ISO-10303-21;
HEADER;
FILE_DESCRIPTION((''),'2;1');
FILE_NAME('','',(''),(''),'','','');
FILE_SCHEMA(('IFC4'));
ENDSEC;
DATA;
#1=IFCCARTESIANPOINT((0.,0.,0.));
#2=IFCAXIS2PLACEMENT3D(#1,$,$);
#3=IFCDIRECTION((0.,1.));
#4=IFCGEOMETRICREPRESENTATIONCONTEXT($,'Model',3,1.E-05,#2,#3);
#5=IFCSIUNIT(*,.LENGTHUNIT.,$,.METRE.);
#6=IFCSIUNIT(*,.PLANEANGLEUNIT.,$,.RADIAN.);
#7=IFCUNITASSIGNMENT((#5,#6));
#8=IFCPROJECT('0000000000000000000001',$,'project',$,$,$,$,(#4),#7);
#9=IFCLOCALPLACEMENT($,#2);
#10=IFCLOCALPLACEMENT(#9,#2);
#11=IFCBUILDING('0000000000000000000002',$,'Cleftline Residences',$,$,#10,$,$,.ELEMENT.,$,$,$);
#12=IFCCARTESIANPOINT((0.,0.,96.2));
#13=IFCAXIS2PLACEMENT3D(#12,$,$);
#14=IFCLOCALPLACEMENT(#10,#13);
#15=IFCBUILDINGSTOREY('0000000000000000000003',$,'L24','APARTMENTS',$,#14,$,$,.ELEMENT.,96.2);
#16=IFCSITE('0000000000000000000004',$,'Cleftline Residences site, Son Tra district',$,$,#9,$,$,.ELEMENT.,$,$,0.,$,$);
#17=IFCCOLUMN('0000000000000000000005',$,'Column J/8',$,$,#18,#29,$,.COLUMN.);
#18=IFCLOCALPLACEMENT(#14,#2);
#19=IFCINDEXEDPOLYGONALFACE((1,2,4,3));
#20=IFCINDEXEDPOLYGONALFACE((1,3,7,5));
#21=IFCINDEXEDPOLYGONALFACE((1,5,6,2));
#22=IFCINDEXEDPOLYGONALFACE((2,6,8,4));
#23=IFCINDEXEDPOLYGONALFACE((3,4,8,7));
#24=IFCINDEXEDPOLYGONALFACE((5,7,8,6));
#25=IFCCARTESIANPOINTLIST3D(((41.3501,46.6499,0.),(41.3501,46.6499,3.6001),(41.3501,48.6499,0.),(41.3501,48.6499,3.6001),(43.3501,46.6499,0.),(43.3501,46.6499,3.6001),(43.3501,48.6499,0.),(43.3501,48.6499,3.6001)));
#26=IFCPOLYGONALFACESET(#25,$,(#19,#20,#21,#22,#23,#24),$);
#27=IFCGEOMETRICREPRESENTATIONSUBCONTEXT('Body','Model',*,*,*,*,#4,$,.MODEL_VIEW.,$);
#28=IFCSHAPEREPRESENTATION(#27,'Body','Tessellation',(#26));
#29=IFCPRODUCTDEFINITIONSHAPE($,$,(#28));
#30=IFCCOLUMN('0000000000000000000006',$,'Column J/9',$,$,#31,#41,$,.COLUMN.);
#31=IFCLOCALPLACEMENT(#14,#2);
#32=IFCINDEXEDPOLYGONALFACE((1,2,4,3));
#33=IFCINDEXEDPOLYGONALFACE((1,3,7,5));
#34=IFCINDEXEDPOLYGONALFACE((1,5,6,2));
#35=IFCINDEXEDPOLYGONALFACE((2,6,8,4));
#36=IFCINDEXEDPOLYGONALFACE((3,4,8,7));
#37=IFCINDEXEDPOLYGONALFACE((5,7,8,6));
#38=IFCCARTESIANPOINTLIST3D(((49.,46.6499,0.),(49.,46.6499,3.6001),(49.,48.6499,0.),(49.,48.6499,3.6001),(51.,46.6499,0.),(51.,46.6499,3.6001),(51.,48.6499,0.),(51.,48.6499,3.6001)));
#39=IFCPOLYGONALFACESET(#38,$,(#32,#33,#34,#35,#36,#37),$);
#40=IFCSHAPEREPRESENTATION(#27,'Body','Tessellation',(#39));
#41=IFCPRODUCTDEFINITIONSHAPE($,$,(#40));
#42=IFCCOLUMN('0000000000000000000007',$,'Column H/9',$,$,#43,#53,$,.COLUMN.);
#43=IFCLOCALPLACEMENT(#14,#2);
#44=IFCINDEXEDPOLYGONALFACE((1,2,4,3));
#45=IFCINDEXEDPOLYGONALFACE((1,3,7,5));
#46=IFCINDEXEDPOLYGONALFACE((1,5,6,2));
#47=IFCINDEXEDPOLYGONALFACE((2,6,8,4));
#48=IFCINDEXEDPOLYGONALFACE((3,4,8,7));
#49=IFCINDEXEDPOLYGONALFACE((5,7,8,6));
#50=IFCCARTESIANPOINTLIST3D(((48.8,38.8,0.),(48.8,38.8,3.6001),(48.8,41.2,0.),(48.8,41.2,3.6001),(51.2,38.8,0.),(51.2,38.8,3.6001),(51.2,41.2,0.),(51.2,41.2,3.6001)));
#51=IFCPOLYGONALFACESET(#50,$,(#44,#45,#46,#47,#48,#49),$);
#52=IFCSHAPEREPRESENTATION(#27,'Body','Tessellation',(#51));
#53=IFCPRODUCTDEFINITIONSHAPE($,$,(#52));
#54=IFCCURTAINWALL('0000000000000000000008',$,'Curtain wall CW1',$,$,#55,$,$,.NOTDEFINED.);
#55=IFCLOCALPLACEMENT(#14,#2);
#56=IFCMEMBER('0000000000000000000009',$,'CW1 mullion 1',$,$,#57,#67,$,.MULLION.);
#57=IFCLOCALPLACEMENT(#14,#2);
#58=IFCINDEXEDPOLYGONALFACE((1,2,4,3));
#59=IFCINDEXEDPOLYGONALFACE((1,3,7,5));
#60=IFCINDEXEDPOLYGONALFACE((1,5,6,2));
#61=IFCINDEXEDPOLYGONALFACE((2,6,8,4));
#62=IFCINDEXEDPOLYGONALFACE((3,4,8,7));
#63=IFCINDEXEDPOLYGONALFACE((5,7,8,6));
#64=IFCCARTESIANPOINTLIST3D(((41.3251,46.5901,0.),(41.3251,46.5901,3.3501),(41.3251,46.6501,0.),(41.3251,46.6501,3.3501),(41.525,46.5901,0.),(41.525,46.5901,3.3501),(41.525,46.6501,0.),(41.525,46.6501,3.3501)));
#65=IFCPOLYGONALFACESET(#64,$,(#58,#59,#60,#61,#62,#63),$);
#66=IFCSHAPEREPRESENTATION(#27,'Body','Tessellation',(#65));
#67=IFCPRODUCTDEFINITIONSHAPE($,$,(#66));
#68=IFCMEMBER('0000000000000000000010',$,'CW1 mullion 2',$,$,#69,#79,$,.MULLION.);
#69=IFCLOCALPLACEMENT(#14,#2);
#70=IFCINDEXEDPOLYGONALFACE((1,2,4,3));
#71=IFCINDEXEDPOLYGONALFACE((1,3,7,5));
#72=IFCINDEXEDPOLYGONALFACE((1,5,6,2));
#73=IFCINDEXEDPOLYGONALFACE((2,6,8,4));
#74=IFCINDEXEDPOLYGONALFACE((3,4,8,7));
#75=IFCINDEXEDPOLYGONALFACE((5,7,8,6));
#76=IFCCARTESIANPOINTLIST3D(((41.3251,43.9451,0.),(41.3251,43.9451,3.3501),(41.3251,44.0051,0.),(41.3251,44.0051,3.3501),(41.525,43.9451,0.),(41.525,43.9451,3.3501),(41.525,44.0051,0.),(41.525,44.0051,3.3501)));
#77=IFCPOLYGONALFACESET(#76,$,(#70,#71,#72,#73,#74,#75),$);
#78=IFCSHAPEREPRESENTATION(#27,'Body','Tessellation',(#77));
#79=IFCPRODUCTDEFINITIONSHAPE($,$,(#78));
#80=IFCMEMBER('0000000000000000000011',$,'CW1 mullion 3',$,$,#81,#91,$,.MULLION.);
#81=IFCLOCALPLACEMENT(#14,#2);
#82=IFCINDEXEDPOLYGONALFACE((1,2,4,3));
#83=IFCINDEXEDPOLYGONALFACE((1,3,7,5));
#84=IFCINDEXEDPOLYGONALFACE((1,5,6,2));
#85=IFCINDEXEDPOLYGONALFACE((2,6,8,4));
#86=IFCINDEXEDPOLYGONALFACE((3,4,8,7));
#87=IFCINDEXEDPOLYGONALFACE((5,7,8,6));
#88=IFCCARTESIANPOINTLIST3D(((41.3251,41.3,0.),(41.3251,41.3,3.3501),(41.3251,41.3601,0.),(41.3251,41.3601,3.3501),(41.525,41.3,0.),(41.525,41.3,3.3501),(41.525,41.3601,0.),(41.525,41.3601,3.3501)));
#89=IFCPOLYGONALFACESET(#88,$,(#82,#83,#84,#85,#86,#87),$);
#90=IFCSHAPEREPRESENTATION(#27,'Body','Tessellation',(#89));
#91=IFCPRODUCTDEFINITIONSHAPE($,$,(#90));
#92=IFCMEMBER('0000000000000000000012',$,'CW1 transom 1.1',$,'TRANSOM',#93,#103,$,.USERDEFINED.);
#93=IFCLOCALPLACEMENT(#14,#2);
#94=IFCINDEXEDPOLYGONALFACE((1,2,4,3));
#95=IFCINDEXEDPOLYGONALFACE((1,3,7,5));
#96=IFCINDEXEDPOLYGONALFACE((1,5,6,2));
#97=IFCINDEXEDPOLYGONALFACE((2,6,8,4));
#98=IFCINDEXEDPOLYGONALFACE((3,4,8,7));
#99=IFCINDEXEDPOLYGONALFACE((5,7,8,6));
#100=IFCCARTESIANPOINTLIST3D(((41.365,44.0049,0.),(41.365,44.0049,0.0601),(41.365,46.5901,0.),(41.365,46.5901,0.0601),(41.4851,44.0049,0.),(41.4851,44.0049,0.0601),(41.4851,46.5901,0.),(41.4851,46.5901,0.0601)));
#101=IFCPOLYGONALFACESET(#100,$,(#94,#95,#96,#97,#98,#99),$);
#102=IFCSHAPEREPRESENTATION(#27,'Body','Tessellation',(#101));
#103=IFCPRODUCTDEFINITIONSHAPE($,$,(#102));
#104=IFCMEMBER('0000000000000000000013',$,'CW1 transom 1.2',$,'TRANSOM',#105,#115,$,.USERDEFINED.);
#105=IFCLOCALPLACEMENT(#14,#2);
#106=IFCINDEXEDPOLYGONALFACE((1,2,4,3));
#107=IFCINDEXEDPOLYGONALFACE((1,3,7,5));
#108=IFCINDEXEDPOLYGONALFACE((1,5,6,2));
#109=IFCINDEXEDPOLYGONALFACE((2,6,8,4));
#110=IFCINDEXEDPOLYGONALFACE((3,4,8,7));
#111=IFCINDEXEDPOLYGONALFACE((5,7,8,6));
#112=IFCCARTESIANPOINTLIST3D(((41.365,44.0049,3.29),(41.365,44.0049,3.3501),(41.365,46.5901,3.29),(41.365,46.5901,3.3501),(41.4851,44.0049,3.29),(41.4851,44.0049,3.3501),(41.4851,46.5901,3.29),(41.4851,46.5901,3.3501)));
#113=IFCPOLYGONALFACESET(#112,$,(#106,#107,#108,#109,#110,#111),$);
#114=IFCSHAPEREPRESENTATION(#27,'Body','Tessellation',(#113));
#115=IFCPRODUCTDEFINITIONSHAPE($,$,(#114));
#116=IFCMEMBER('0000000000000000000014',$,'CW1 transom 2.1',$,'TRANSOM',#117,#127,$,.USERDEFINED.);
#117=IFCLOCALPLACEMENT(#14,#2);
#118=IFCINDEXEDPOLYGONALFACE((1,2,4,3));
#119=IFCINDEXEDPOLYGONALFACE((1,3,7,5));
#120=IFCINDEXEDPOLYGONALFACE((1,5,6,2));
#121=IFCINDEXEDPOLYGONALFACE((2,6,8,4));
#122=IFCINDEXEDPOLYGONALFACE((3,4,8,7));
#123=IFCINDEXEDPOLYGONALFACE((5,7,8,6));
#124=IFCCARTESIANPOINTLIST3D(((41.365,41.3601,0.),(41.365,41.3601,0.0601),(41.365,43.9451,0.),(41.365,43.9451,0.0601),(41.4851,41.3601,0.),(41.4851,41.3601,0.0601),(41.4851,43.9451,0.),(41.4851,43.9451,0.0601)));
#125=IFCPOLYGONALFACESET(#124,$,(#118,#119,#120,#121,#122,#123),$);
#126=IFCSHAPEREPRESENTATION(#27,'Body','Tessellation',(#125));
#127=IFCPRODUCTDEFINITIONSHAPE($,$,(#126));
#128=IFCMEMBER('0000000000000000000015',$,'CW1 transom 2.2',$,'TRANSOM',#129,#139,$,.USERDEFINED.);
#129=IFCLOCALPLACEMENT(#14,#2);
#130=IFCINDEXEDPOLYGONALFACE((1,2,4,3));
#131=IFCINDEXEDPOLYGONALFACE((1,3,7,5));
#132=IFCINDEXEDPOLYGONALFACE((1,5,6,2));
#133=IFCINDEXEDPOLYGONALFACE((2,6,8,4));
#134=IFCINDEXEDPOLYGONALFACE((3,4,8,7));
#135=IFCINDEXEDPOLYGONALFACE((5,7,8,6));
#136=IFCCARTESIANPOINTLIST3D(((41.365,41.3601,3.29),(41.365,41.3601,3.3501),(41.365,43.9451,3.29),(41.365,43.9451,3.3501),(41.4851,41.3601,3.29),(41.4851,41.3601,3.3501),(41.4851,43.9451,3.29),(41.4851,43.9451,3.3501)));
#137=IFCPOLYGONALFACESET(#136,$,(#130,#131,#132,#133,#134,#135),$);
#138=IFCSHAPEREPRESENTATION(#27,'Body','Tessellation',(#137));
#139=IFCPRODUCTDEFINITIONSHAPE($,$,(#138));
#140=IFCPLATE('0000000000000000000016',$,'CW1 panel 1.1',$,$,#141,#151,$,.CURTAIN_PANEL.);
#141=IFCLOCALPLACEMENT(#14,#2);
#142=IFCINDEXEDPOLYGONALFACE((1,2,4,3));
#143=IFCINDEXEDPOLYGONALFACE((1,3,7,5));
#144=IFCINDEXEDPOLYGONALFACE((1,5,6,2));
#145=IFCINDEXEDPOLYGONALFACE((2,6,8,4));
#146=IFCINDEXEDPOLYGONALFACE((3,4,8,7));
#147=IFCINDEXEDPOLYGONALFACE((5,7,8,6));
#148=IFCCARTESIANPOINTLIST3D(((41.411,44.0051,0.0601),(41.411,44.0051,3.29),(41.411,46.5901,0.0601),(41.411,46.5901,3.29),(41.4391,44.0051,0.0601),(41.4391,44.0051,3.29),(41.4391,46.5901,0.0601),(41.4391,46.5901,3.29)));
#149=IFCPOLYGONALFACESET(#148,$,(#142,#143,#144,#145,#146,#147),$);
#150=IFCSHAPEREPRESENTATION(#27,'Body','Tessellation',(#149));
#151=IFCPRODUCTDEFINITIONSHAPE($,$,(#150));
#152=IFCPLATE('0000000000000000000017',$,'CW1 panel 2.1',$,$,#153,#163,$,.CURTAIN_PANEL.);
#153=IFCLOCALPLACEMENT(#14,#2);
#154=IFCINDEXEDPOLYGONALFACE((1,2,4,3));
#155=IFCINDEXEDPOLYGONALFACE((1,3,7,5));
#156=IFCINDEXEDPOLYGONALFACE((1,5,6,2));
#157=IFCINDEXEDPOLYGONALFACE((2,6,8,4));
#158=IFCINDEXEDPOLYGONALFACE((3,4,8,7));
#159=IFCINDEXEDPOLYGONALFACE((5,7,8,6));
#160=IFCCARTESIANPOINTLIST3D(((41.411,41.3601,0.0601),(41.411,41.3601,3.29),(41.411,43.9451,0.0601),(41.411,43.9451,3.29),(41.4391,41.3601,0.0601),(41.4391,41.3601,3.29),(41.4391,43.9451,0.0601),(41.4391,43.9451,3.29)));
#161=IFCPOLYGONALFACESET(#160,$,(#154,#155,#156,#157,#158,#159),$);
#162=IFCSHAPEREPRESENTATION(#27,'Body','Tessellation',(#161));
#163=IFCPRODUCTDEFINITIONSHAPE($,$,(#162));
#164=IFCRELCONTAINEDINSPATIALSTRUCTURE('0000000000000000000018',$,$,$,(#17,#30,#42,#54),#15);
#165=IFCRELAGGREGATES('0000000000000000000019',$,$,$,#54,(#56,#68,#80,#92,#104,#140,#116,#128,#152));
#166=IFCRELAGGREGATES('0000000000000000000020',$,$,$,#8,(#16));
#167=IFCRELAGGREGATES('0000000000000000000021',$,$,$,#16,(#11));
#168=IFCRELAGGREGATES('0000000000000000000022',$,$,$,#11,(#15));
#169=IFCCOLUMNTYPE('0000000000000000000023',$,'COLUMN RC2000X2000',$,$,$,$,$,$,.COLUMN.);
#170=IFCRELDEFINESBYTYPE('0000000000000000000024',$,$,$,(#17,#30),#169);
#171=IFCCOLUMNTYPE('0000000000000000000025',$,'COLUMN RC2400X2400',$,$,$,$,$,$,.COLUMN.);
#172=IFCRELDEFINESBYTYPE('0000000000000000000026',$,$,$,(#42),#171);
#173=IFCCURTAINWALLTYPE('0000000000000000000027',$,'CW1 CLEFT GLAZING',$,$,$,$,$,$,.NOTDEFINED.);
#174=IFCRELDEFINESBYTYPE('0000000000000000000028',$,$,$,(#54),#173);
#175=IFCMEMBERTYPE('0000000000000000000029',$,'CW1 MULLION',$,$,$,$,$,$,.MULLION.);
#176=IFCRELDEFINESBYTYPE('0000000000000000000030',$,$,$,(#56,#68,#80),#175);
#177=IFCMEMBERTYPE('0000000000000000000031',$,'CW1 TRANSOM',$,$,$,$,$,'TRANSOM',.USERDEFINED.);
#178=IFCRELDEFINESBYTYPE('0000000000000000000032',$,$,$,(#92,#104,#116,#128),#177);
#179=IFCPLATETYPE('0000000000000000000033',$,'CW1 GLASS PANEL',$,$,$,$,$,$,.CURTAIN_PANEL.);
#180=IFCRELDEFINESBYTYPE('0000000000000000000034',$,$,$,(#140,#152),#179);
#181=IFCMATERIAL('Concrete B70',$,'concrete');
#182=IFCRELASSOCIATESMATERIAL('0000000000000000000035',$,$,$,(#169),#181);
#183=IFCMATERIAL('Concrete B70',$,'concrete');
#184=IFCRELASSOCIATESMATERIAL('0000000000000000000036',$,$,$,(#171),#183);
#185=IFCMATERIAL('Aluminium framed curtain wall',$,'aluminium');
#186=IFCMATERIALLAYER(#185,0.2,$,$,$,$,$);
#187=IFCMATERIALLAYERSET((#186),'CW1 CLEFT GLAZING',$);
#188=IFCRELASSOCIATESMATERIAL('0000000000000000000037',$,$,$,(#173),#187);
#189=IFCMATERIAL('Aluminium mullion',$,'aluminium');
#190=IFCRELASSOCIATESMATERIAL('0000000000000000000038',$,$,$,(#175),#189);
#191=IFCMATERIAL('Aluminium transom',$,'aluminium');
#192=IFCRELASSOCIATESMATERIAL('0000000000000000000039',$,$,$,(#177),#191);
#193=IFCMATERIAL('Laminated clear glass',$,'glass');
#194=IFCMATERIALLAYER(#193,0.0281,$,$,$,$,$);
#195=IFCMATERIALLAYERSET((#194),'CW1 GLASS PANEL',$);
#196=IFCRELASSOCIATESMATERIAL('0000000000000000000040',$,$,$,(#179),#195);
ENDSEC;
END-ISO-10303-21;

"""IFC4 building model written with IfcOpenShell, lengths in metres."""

from ifc_helpers import new_model, si_unit, direction, frame, origin, origin_2d, place, context, subcontext, project, spatial, rectangle, extrude, material, layer, layer_set, material_profile, profile_set, type_object, element, aggregate, save


model = new_model("IFC4")

# Units and contexts
model_context = context("Model", 3, precision=1e-05, world=origin(), true_north=direction((0.0, 1.0)))
body_context = subcontext(model_context, "Body", "Model", "MODEL_VIEW")
ifc_project = project(units=[si_unit("LENGTHUNIT", "METRE"), si_unit("PLANEANGLEUNIT", "RADIAN")], contexts=[model_context])

# Site, building, storey
site_placement = place(None, origin())
site = spatial("IfcSite", under=ifc_project, at=site_placement, Name="Cleftline Residences site, Son Tra district", CompositionType="ELEMENT", RefElevation=0.0)
building_placement = place(site_placement, origin())
building = spatial("IfcBuilding", under=site, at=building_placement, Name="Cleftline Residences", CompositionType="ELEMENT")
storey_placement = place(building_placement, frame((0.0, 0.0, 96.2)))
storey = spatial("IfcBuildingStorey", under=building, at=storey_placement, Name="L24", Description="APARTMENTS", CompositionType="ELEMENT", Elevation=96.2)

# Columns
ifc_material_1 = material(Name="Concrete B70", Category="concrete")
ifc_material_profile_1 = material_profile(ifc_material_1, rectangle(XDim=2.0, YDim=2.0, at=origin_2d()))
ifc_profile_set_1 = profile_set([ifc_material_profile_1], Name="Concrete B70")
column_type_1 = type_object("IfcColumnType", Name="COLUMN RC2000X2000", PredefinedType="COLUMN", material=ifc_profile_set_1)
for number, where, z_axis, x_axis, name in (
    (1, (42.3501, 47.6499, 0.0), (0.0, 0.0, 1.0), (1.0, 0.0, 0.0), "Column J/8"),
    (2, (50.0, 47.6499, 0.0), (0.0, 0.0, 1.0), (1.0, 0.0, 0.0), "Column J/9"),
):
    element("IfcColumn", number, at=place(storey_placement, frame(where, z_axis=z_axis, x_axis=x_axis)), inside=storey, type_object=column_type_1, Name=name, PredefinedType="COLUMN", context=body_context, shape_type="SweptSolid", body=[
        extrude(rectangle(XDim=2.0, YDim=2.0, at=origin_2d()), origin(), (0.0, 0.0, 1.0), 3.6001),
    ])
ifc_material_2 = material(Name="Concrete B70", Category="concrete")
ifc_material_profile_2 = material_profile(ifc_material_2, rectangle(XDim=2.3999, YDim=2.3999, at=origin_2d()))
ifc_profile_set_2 = profile_set([ifc_material_profile_2], Name="Concrete B70")
column_type_2 = type_object("IfcColumnType", Name="COLUMN RC2400X2400", PredefinedType="COLUMN", material=ifc_profile_set_2)
column_placement = place(storey_placement, frame((50.0, 40.0, 0.0), z_axis=(0.0, 0.0, 1.0), x_axis=(1.0, 0.0, 0.0)))
element("IfcColumn", 3, at=column_placement, inside=storey, type_object=column_type_2, Name="Column H/9", PredefinedType="COLUMN", context=body_context, shape_type="SweptSolid", body=[
    extrude(rectangle(XDim=2.3999, YDim=2.3999, at=origin_2d()), origin(), (0.0, 0.0, 1.0), 3.6001),
])

# Curtain wall, members, plates
ifc_material_3 = material(Name="Aluminium framed curtain wall", Category="aluminium")
ifc_layer_1 = layer(ifc_material_3, 0.2)
ifc_layer_set_1 = layer_set([ifc_layer_1], Name="CW1 CLEFT GLAZING")
curtain_wall_type = type_object("IfcCurtainWallType", Name="CW1 CLEFT GLAZING", PredefinedType="NOTDEFINED", material=ifc_layer_set_1)
curtain_wall_placement = place(storey_placement, origin())
curtain_wall = element("IfcCurtainWall", 4, at=curtain_wall_placement, inside=storey, type_object=curtain_wall_type, Name="Curtain wall CW1", PredefinedType="NOTDEFINED")
ifc_material_4 = material(Name="Aluminium mullion", Category="aluminium")
ifc_material_profile_3 = material_profile(ifc_material_4, rectangle(XDim=0.2, YDim=0.0601, at=origin_2d()))
ifc_profile_set_3 = profile_set([ifc_material_profile_3], Name="Aluminium mullion")
member_type_1 = type_object("IfcMemberType", Name="CW1 MULLION", PredefinedType="MULLION", material=ifc_profile_set_3)
member_1_placement = place(storey_placement, frame((41.425, 46.6201, 0.0), z_axis=(0.0, 0.0, 1.0), x_axis=(1.0, 0.0, 0.0)))
member_1 = element("IfcMember", 5, at=member_1_placement, type_object=member_type_1, Name="CW1 mullion 1", PredefinedType="MULLION", context=body_context, shape_type="SweptSolid", body=[
    extrude(rectangle(XDim=0.2, YDim=0.0601, at=origin_2d()), origin(), (0.0, 0.0, 1.0), 3.3501),
])
member_2_placement = place(storey_placement, frame((41.425, 43.9751, 0.0), z_axis=(0.0, 0.0, 1.0), x_axis=(1.0, 0.0, 0.0)))
member_2 = element("IfcMember", 6, at=member_2_placement, type_object=member_type_1, Name="CW1 mullion 2", PredefinedType="MULLION", context=body_context, shape_type="SweptSolid", body=[
    extrude(rectangle(XDim=0.2, YDim=0.0601, at=origin_2d()), origin(), (0.0, 0.0, 1.0), 3.3501),
])
member_3_placement = place(storey_placement, frame((41.425, 41.3301, 0.0), z_axis=(0.0, 0.0, 1.0), x_axis=(1.0, 0.0, 0.0)))
member_3 = element("IfcMember", 7, at=member_3_placement, type_object=member_type_1, Name="CW1 mullion 3", PredefinedType="MULLION", context=body_context, shape_type="SweptSolid", body=[
    extrude(rectangle(XDim=0.2, YDim=0.0601, at=origin_2d()), origin(), (0.0, 0.0, 1.0), 3.3501),
])
ifc_material_5 = material(Name="Aluminium transom", Category="aluminium")
ifc_material_profile_4 = material_profile(ifc_material_5, rectangle(XDim=0.1201, YDim=0.0601, at=origin_2d()))
ifc_profile_set_4 = profile_set([ifc_material_profile_4], Name="Aluminium transom")
member_type_2 = type_object("IfcMemberType", Name="CW1 TRANSOM", ElementType="TRANSOM", PredefinedType="USERDEFINED", material=ifc_profile_set_4)
member_4_placement = place(storey_placement, frame((41.425, 46.5901, 0.03), z_axis=(0.0, -1.0, 0.0), x_axis=(1.0, 0.0, 0.0)))
member_4 = element("IfcMember", 8, at=member_4_placement, type_object=member_type_2, Name="CW1 transom 1.1", ObjectType="TRANSOM", PredefinedType="USERDEFINED", context=body_context, shape_type="SweptSolid", body=[
    extrude(rectangle(XDim=0.1201, YDim=0.0601, at=origin_2d()), origin(), (0.0, 0.0, 1.0), 2.5852),
])
member_5_placement = place(storey_placement, frame((41.425, 46.5901, 3.3201), z_axis=(0.0, -1.0, 0.0), x_axis=(1.0, 0.0, 0.0)))
member_5 = element("IfcMember", 9, at=member_5_placement, type_object=member_type_2, Name="CW1 transom 1.2", ObjectType="TRANSOM", PredefinedType="USERDEFINED", context=body_context, shape_type="SweptSolid", body=[
    extrude(rectangle(XDim=0.1201, YDim=0.0601, at=origin_2d()), origin(), (0.0, 0.0, 1.0), 2.5852),
])
member_6_placement = place(storey_placement, frame((41.425, 43.9451, 0.03), z_axis=(0.0, -1.0, 0.0), x_axis=(1.0, 0.0, 0.0)))
member_6 = element("IfcMember", 10, at=member_6_placement, type_object=member_type_2, Name="CW1 transom 2.1", ObjectType="TRANSOM", PredefinedType="USERDEFINED", context=body_context, shape_type="SweptSolid", body=[
    extrude(rectangle(XDim=0.1201, YDim=0.0601, at=origin_2d()), origin(), (0.0, 0.0, 1.0), 2.585),
])
member_7_placement = place(storey_placement, frame((41.425, 43.9451, 3.3201), z_axis=(0.0, -1.0, 0.0), x_axis=(1.0, 0.0, 0.0)))
member_7 = element("IfcMember", 11, at=member_7_placement, type_object=member_type_2, Name="CW1 transom 2.2", ObjectType="TRANSOM", PredefinedType="USERDEFINED", context=body_context, shape_type="SweptSolid", body=[
    extrude(rectangle(XDim=0.1201, YDim=0.0601, at=origin_2d()), origin(), (0.0, 0.0, 1.0), 2.585),
])
ifc_material_6 = material(Name="Laminated clear glass", Category="glass")
ifc_layer_2 = layer(ifc_material_6, 0.0281)
ifc_layer_set_2 = layer_set([ifc_layer_2], Name="CW1 GLASS PANEL")
plate_type = type_object("IfcPlateType", Name="CW1 GLASS PANEL", PredefinedType="CURTAIN_PANEL", material=ifc_layer_set_2)
plate_1_placement = place(storey_placement, frame((41.425, 45.2976, 0.0601), z_axis=(0.0, 0.0, 1.0), x_axis=(0.0, -1.0, 0.0)))
plate_1 = element("IfcPlate", 12, at=plate_1_placement, type_object=plate_type, Name="CW1 panel 1.1", PredefinedType="CURTAIN_PANEL", context=body_context, shape_type="SweptSolid", body=[
    extrude(rectangle(XDim=2.585, YDim=0.0281, at=origin_2d()), origin(), (0.0, 0.0, 1.0), 3.23),
])
plate_2_placement = place(storey_placement, frame((41.425, 42.6526, 0.0601), z_axis=(0.0, 0.0, 1.0), x_axis=(0.0, -1.0, 0.0)))
plate_2 = element("IfcPlate", 13, at=plate_2_placement, type_object=plate_type, Name="CW1 panel 2.1", PredefinedType="CURTAIN_PANEL", context=body_context, shape_type="SweptSolid", body=[
    extrude(rectangle(XDim=2.585, YDim=0.0281, at=origin_2d()), origin(), (0.0, 0.0, 1.0), 3.23),
])
aggregate(curtain_wall, [member_1, member_2, member_3, member_4, member_5, plate_1, member_6, member_7, plate_2])

save(model, "model.ifc")
